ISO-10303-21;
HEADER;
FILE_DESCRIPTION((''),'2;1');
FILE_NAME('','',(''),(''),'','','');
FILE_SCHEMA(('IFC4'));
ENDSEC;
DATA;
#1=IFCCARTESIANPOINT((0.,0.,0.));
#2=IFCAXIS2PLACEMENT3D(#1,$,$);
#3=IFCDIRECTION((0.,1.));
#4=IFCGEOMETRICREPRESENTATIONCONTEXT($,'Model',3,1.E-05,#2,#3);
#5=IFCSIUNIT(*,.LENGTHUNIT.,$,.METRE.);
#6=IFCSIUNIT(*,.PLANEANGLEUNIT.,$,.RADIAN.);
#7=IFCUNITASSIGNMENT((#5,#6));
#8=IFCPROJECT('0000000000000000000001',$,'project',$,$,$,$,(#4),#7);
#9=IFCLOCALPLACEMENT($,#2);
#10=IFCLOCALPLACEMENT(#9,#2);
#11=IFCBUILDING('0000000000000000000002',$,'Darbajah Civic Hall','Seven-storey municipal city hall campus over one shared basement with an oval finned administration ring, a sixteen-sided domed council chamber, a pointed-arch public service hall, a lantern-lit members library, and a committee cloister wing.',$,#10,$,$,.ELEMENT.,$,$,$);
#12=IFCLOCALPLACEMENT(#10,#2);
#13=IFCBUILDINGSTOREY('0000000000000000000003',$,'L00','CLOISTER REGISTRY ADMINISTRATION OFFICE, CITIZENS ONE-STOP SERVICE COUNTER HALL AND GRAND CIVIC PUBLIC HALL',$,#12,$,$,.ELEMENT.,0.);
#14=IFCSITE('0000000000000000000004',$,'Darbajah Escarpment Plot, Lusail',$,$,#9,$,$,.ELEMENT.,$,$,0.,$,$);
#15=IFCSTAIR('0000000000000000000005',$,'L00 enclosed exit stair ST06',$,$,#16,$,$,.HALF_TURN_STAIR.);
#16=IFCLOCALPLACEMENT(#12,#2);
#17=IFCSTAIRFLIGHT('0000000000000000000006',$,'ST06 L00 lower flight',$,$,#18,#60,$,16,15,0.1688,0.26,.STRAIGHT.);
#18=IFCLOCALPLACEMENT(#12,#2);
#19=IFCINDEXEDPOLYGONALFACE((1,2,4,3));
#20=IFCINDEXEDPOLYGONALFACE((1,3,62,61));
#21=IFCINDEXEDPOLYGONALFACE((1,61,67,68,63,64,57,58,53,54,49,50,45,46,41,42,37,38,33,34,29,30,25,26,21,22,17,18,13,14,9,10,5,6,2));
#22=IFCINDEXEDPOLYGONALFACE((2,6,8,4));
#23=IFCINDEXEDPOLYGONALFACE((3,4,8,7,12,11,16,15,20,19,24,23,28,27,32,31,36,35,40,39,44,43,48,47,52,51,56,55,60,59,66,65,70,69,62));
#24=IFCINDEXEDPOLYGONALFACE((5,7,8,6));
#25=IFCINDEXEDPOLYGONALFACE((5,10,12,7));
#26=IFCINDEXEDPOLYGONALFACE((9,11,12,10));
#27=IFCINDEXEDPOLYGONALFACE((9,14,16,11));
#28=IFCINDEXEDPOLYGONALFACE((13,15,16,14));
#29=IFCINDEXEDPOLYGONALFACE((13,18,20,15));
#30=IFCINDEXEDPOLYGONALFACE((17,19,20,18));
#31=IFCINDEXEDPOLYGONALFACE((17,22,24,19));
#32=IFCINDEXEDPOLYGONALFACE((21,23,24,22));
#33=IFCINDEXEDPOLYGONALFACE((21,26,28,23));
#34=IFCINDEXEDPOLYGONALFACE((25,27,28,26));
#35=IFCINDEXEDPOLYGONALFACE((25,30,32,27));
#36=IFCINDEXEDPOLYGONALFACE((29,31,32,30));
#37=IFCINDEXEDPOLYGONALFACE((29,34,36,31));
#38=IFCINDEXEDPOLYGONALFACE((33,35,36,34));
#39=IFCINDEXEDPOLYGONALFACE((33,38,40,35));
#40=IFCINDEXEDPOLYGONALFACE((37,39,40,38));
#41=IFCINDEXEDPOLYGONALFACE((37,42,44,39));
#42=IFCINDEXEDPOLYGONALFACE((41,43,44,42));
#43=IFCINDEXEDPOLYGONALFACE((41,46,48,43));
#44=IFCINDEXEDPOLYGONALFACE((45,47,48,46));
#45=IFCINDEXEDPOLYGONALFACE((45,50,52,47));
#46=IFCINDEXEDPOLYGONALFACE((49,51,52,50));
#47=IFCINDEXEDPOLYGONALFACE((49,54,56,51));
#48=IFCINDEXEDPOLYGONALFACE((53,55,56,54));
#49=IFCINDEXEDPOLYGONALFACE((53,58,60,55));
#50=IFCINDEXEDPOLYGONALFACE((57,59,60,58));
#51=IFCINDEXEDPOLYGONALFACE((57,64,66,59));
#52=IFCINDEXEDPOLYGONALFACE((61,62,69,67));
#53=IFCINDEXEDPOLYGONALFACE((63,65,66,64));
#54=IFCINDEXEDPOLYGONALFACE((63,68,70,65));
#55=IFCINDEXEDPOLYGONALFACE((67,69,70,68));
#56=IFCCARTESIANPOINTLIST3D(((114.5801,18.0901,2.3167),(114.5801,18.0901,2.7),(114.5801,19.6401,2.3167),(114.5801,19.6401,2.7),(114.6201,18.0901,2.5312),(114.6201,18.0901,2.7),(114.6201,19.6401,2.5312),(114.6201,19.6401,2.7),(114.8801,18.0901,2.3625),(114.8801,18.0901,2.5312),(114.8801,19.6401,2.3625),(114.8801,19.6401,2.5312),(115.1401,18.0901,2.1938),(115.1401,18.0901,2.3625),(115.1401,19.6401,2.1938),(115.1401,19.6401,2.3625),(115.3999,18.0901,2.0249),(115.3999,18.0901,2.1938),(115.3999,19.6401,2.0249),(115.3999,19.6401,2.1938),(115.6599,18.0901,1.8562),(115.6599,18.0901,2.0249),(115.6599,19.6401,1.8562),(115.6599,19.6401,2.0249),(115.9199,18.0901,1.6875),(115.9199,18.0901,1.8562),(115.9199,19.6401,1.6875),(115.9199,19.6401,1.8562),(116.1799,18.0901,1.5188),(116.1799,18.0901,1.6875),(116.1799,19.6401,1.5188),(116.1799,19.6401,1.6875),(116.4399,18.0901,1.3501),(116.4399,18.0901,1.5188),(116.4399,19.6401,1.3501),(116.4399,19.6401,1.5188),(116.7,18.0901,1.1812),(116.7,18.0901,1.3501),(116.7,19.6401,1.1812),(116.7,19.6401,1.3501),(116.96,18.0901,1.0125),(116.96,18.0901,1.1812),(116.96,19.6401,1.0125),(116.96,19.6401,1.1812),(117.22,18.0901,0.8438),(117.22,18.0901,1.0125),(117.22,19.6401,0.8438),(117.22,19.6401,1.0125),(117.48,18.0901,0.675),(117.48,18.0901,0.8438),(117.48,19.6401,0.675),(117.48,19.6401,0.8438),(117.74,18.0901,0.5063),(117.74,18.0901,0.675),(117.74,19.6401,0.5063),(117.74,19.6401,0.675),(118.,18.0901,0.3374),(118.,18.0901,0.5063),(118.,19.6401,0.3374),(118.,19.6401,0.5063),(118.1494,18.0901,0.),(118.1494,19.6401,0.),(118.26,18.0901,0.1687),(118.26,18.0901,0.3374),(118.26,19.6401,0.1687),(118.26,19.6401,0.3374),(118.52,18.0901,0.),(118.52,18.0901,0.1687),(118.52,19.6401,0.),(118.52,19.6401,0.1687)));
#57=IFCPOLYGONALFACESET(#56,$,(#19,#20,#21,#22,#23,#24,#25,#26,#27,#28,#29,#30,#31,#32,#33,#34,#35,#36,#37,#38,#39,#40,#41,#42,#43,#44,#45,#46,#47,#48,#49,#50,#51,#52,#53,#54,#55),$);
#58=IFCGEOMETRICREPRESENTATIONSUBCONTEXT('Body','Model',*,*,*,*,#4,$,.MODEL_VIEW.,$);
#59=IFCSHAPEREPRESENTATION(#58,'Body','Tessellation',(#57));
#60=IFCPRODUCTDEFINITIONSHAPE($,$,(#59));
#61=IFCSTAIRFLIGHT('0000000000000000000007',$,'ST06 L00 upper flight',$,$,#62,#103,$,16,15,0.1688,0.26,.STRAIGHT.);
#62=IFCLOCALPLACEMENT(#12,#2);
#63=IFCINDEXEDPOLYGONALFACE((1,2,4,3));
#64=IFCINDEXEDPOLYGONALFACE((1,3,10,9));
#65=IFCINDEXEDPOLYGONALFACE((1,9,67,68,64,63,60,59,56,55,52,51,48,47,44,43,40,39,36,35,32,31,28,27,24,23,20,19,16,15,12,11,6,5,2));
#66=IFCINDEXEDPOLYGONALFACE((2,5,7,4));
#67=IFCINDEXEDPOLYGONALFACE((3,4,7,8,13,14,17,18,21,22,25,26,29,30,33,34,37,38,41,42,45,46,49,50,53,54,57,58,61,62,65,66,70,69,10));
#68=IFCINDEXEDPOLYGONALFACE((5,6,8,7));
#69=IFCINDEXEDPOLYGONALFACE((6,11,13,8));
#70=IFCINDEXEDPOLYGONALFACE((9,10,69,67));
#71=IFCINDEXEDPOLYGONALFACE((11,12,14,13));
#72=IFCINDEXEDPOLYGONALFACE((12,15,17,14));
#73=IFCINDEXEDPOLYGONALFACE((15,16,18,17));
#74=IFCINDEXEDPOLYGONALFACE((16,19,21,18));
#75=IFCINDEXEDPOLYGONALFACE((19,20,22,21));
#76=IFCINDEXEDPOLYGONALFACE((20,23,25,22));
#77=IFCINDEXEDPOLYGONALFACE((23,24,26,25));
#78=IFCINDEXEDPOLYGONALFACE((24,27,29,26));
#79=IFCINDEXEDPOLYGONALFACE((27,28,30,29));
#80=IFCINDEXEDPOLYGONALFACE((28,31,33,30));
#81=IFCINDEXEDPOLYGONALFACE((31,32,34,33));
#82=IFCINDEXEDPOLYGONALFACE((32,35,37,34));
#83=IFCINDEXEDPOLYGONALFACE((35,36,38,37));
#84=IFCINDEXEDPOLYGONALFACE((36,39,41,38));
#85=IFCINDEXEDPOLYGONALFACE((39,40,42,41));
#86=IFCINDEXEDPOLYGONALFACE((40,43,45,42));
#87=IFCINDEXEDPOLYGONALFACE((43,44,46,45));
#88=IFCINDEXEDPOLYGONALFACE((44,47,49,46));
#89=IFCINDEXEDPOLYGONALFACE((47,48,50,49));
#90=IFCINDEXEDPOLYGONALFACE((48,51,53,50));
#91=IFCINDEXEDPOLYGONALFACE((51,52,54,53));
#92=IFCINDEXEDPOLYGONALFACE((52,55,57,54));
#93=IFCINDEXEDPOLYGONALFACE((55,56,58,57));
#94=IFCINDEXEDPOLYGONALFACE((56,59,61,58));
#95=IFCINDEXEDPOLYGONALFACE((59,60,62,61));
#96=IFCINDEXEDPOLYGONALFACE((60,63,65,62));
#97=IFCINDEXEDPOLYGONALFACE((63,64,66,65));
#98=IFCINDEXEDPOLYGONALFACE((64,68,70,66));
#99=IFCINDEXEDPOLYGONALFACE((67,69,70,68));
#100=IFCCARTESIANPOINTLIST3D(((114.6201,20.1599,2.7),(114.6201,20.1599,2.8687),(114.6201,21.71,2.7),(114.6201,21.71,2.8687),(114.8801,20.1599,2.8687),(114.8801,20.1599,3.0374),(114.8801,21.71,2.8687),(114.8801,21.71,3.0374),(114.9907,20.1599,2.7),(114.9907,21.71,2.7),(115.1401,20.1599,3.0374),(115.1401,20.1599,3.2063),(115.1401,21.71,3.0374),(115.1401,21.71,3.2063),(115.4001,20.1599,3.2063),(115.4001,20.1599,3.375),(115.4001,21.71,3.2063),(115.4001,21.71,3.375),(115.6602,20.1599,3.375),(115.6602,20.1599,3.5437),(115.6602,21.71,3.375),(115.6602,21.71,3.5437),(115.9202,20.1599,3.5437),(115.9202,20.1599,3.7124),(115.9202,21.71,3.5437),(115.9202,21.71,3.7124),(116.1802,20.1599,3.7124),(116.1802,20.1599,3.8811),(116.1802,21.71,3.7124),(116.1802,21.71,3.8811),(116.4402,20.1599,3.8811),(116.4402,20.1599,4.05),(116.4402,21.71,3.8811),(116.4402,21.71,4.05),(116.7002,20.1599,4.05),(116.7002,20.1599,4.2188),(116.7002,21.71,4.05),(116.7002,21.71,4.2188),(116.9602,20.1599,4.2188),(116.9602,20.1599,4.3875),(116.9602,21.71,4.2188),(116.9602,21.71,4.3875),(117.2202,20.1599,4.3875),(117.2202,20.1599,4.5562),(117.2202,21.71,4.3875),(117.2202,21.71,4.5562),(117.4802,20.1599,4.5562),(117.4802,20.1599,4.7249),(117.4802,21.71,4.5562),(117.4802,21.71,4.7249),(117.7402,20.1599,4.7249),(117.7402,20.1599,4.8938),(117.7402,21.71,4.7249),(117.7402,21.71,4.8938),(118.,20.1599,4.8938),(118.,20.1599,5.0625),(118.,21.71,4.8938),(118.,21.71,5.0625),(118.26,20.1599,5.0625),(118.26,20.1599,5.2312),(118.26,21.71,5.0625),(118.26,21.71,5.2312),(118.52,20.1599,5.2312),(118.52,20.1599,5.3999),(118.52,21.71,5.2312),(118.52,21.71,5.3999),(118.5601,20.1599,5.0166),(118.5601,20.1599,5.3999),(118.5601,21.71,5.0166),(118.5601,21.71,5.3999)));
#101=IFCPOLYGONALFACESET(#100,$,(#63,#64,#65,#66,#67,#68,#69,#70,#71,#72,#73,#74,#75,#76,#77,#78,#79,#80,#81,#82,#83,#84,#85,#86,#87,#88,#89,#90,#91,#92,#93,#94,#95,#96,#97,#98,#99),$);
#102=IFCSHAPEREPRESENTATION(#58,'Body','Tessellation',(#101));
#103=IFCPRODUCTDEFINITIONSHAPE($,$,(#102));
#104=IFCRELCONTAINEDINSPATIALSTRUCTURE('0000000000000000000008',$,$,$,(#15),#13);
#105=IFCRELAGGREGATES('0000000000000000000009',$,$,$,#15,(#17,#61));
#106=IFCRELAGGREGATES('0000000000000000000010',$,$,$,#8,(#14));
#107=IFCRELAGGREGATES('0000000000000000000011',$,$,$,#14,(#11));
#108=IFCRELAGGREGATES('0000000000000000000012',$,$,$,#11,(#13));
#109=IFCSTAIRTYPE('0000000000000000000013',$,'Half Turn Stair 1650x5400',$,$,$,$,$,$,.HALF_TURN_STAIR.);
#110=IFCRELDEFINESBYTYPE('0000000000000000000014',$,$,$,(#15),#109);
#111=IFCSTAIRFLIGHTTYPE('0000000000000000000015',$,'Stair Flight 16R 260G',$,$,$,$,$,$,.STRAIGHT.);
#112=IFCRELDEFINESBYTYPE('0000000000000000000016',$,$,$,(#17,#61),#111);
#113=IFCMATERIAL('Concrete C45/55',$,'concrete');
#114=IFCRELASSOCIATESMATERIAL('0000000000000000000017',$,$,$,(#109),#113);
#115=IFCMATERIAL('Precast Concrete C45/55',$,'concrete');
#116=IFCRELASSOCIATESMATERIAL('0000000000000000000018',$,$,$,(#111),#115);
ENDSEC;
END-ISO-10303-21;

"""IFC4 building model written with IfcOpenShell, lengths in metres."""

from ifc_helpers import new_model, si_unit, direction, frame, origin, place, context, subcontext, project, spatial, polyline, outline, extrude, material, type_object, element, aggregate, save


model = new_model("IFC4")

# Units and contexts
model_context = context("Model", 3, precision=1e-05, world=origin(), true_north=direction((0.0, 1.0)))
body_context = subcontext(model_context, "Body", "Model", "MODEL_VIEW")
ifc_project = project(units=[si_unit("LENGTHUNIT", "METRE"), si_unit("PLANEANGLEUNIT", "RADIAN")], contexts=[model_context])

# Site, building, storey
site_placement = place(None, origin())
site = spatial("IfcSite", under=ifc_project, at=site_placement, Name="Darbajah Escarpment Plot, Lusail", CompositionType="ELEMENT", RefElevation=0.0)
building_placement = place(site_placement, origin())
building = spatial("IfcBuilding", under=site, at=building_placement, Name="Darbajah Civic Hall", Description="Seven-storey municipal city hall campus over one shared basement with an oval finned administration ring, a sixteen-sided domed council chamber, a pointed-arch public service hall, a lantern-lit members library, and a committee cloister wing.", CompositionType="ELEMENT")
storey_placement = place(building_placement, origin())
storey = spatial("IfcBuildingStorey", under=building, at=storey_placement, Name="L00", Description="CLOISTER REGISTRY ADMINISTRATION OFFICE, CITIZENS ONE-STOP SERVICE COUNTER HALL AND GRAND CIVIC PUBLIC HALL", CompositionType="ELEMENT", Elevation=0.0)

# Shared definitions
ifc_material_1 = material(Name="Concrete C45/55", Category="concrete")

# Stair, stair flights
stair_type = type_object("IfcStairType", Name="Half Turn Stair 1650x5400", PredefinedType="HALF_TURN_STAIR", material=ifc_material_1)
stair_placement = place(storey_placement, origin())
stair = element("IfcStair", 1, at=stair_placement, inside=storey, type_object=stair_type, Name="L00 enclosed exit stair ST06", PredefinedType="HALF_TURN_STAIR")
ifc_material_2 = material(Name="Precast Concrete C45/55", Category="concrete")
stair_flight_type = type_object("IfcStairFlightType", Name="Stair Flight 16R 260G", PredefinedType="STRAIGHT", material=ifc_material_2)
stair_flight_1_placement = place(storey_placement, frame((118.52, 18.865, 0.0), z_axis=(0.0, 0.0, 1.0), x_axis=(-1.0, 0.0, 0.0)))
stair_flight_1 = element("IfcStairFlight", 2, at=stair_flight_1_placement, type_object=stair_flight_type, Name="ST06 L00 lower flight", NumberOfRisers=16, NumberOfTreads=15, PredefinedType="STRAIGHT", RiserHeight=0.1688, TreadLength=0.26, context=body_context, shape_type="SweptSolid", body=[
    extrude(outline(polyline([(0.0, 0.0), (0.0, 0.1687), (0.26, 0.1687), (0.26, 0.3374), (0.52, 0.3374), (0.52, 0.5063), (0.78, 0.5063), (0.78, 0.675), (1.04, 0.675), (1.04, 0.8438), (1.3, 0.8438), (1.3, 1.0125), (1.5601, 1.0125), (1.5601, 1.1812), (1.8201, 1.1812), (1.8201, 1.3501), (2.0801, 1.3501), (2.0801, 1.5188), (2.3401, 1.5188), (2.3401, 1.6875), (2.6001, 1.6875), (2.6001, 1.8562), (2.8601, 1.8562), (2.8601, 2.0249), (3.1201, 2.0249), (3.1201, 2.1938), (3.3799, 2.1938), (3.3799, 2.3625), (3.6399, 2.3625), (3.6399, 2.5312), (3.8999, 2.5312), (3.8999, 2.7), (3.9399, 2.7), (3.9399, 2.3167), (0.3706, 0.0), (0.0, 0.0)])), frame((0.0, 0.7749, 0.0), z_axis=(0.0, -1.0, 0.0), x_axis=(1.0, 0.0, 0.0)), (0.0, 0.0, 1.0), 1.55),
])
stair_flight_2_placement = place(storey_placement, frame((114.6201, 20.9351, 2.7), z_axis=(0.0, 0.0, 1.0), x_axis=(1.0, 0.0, 0.0)))
stair_flight_2 = element("IfcStairFlight", 3, at=stair_flight_2_placement, type_object=stair_flight_type, Name="ST06 L00 upper flight", NumberOfRisers=16, NumberOfTreads=15, PredefinedType="STRAIGHT", RiserHeight=0.1688, TreadLength=0.26, context=body_context, shape_type="SweptSolid", body=[
    extrude(outline(polyline([(0.0, 0.0), (0.0, 0.1687), (0.26, 0.1687), (0.26, 0.3374), (0.52, 0.3374), (0.52, 0.5063), (0.78, 0.5063), (0.78, 0.675), (1.04, 0.675), (1.04, 0.8438), (1.3, 0.8438), (1.3, 1.0125), (1.5601, 1.0125), (1.5601, 1.1812), (1.8201, 1.1812), (1.8201, 1.3501), (2.0801, 1.3501), (2.0801, 1.5188), (2.3401, 1.5188), (2.3401, 1.6875), (2.6001, 1.6875), (2.6001, 1.8562), (2.8601, 1.8562), (2.8601, 2.0249), (3.1201, 2.0249), (3.1201, 2.1938), (3.3799, 2.1938), (3.3799, 2.3625), (3.6399, 2.3625), (3.6399, 2.5312), (3.8999, 2.5312), (3.8999, 2.7), (3.9399, 2.7), (3.9399, 2.3167), (0.3706, 0.0), (0.0, 0.0)])), frame((0.0, 0.7749, 0.0), z_axis=(0.0, -1.0, 0.0), x_axis=(1.0, 0.0, 0.0)), (0.0, 0.0, 1.0), 1.55),
])
aggregate(stair, [stair_flight_1, stair_flight_2])

save(model, "model.ifc")
